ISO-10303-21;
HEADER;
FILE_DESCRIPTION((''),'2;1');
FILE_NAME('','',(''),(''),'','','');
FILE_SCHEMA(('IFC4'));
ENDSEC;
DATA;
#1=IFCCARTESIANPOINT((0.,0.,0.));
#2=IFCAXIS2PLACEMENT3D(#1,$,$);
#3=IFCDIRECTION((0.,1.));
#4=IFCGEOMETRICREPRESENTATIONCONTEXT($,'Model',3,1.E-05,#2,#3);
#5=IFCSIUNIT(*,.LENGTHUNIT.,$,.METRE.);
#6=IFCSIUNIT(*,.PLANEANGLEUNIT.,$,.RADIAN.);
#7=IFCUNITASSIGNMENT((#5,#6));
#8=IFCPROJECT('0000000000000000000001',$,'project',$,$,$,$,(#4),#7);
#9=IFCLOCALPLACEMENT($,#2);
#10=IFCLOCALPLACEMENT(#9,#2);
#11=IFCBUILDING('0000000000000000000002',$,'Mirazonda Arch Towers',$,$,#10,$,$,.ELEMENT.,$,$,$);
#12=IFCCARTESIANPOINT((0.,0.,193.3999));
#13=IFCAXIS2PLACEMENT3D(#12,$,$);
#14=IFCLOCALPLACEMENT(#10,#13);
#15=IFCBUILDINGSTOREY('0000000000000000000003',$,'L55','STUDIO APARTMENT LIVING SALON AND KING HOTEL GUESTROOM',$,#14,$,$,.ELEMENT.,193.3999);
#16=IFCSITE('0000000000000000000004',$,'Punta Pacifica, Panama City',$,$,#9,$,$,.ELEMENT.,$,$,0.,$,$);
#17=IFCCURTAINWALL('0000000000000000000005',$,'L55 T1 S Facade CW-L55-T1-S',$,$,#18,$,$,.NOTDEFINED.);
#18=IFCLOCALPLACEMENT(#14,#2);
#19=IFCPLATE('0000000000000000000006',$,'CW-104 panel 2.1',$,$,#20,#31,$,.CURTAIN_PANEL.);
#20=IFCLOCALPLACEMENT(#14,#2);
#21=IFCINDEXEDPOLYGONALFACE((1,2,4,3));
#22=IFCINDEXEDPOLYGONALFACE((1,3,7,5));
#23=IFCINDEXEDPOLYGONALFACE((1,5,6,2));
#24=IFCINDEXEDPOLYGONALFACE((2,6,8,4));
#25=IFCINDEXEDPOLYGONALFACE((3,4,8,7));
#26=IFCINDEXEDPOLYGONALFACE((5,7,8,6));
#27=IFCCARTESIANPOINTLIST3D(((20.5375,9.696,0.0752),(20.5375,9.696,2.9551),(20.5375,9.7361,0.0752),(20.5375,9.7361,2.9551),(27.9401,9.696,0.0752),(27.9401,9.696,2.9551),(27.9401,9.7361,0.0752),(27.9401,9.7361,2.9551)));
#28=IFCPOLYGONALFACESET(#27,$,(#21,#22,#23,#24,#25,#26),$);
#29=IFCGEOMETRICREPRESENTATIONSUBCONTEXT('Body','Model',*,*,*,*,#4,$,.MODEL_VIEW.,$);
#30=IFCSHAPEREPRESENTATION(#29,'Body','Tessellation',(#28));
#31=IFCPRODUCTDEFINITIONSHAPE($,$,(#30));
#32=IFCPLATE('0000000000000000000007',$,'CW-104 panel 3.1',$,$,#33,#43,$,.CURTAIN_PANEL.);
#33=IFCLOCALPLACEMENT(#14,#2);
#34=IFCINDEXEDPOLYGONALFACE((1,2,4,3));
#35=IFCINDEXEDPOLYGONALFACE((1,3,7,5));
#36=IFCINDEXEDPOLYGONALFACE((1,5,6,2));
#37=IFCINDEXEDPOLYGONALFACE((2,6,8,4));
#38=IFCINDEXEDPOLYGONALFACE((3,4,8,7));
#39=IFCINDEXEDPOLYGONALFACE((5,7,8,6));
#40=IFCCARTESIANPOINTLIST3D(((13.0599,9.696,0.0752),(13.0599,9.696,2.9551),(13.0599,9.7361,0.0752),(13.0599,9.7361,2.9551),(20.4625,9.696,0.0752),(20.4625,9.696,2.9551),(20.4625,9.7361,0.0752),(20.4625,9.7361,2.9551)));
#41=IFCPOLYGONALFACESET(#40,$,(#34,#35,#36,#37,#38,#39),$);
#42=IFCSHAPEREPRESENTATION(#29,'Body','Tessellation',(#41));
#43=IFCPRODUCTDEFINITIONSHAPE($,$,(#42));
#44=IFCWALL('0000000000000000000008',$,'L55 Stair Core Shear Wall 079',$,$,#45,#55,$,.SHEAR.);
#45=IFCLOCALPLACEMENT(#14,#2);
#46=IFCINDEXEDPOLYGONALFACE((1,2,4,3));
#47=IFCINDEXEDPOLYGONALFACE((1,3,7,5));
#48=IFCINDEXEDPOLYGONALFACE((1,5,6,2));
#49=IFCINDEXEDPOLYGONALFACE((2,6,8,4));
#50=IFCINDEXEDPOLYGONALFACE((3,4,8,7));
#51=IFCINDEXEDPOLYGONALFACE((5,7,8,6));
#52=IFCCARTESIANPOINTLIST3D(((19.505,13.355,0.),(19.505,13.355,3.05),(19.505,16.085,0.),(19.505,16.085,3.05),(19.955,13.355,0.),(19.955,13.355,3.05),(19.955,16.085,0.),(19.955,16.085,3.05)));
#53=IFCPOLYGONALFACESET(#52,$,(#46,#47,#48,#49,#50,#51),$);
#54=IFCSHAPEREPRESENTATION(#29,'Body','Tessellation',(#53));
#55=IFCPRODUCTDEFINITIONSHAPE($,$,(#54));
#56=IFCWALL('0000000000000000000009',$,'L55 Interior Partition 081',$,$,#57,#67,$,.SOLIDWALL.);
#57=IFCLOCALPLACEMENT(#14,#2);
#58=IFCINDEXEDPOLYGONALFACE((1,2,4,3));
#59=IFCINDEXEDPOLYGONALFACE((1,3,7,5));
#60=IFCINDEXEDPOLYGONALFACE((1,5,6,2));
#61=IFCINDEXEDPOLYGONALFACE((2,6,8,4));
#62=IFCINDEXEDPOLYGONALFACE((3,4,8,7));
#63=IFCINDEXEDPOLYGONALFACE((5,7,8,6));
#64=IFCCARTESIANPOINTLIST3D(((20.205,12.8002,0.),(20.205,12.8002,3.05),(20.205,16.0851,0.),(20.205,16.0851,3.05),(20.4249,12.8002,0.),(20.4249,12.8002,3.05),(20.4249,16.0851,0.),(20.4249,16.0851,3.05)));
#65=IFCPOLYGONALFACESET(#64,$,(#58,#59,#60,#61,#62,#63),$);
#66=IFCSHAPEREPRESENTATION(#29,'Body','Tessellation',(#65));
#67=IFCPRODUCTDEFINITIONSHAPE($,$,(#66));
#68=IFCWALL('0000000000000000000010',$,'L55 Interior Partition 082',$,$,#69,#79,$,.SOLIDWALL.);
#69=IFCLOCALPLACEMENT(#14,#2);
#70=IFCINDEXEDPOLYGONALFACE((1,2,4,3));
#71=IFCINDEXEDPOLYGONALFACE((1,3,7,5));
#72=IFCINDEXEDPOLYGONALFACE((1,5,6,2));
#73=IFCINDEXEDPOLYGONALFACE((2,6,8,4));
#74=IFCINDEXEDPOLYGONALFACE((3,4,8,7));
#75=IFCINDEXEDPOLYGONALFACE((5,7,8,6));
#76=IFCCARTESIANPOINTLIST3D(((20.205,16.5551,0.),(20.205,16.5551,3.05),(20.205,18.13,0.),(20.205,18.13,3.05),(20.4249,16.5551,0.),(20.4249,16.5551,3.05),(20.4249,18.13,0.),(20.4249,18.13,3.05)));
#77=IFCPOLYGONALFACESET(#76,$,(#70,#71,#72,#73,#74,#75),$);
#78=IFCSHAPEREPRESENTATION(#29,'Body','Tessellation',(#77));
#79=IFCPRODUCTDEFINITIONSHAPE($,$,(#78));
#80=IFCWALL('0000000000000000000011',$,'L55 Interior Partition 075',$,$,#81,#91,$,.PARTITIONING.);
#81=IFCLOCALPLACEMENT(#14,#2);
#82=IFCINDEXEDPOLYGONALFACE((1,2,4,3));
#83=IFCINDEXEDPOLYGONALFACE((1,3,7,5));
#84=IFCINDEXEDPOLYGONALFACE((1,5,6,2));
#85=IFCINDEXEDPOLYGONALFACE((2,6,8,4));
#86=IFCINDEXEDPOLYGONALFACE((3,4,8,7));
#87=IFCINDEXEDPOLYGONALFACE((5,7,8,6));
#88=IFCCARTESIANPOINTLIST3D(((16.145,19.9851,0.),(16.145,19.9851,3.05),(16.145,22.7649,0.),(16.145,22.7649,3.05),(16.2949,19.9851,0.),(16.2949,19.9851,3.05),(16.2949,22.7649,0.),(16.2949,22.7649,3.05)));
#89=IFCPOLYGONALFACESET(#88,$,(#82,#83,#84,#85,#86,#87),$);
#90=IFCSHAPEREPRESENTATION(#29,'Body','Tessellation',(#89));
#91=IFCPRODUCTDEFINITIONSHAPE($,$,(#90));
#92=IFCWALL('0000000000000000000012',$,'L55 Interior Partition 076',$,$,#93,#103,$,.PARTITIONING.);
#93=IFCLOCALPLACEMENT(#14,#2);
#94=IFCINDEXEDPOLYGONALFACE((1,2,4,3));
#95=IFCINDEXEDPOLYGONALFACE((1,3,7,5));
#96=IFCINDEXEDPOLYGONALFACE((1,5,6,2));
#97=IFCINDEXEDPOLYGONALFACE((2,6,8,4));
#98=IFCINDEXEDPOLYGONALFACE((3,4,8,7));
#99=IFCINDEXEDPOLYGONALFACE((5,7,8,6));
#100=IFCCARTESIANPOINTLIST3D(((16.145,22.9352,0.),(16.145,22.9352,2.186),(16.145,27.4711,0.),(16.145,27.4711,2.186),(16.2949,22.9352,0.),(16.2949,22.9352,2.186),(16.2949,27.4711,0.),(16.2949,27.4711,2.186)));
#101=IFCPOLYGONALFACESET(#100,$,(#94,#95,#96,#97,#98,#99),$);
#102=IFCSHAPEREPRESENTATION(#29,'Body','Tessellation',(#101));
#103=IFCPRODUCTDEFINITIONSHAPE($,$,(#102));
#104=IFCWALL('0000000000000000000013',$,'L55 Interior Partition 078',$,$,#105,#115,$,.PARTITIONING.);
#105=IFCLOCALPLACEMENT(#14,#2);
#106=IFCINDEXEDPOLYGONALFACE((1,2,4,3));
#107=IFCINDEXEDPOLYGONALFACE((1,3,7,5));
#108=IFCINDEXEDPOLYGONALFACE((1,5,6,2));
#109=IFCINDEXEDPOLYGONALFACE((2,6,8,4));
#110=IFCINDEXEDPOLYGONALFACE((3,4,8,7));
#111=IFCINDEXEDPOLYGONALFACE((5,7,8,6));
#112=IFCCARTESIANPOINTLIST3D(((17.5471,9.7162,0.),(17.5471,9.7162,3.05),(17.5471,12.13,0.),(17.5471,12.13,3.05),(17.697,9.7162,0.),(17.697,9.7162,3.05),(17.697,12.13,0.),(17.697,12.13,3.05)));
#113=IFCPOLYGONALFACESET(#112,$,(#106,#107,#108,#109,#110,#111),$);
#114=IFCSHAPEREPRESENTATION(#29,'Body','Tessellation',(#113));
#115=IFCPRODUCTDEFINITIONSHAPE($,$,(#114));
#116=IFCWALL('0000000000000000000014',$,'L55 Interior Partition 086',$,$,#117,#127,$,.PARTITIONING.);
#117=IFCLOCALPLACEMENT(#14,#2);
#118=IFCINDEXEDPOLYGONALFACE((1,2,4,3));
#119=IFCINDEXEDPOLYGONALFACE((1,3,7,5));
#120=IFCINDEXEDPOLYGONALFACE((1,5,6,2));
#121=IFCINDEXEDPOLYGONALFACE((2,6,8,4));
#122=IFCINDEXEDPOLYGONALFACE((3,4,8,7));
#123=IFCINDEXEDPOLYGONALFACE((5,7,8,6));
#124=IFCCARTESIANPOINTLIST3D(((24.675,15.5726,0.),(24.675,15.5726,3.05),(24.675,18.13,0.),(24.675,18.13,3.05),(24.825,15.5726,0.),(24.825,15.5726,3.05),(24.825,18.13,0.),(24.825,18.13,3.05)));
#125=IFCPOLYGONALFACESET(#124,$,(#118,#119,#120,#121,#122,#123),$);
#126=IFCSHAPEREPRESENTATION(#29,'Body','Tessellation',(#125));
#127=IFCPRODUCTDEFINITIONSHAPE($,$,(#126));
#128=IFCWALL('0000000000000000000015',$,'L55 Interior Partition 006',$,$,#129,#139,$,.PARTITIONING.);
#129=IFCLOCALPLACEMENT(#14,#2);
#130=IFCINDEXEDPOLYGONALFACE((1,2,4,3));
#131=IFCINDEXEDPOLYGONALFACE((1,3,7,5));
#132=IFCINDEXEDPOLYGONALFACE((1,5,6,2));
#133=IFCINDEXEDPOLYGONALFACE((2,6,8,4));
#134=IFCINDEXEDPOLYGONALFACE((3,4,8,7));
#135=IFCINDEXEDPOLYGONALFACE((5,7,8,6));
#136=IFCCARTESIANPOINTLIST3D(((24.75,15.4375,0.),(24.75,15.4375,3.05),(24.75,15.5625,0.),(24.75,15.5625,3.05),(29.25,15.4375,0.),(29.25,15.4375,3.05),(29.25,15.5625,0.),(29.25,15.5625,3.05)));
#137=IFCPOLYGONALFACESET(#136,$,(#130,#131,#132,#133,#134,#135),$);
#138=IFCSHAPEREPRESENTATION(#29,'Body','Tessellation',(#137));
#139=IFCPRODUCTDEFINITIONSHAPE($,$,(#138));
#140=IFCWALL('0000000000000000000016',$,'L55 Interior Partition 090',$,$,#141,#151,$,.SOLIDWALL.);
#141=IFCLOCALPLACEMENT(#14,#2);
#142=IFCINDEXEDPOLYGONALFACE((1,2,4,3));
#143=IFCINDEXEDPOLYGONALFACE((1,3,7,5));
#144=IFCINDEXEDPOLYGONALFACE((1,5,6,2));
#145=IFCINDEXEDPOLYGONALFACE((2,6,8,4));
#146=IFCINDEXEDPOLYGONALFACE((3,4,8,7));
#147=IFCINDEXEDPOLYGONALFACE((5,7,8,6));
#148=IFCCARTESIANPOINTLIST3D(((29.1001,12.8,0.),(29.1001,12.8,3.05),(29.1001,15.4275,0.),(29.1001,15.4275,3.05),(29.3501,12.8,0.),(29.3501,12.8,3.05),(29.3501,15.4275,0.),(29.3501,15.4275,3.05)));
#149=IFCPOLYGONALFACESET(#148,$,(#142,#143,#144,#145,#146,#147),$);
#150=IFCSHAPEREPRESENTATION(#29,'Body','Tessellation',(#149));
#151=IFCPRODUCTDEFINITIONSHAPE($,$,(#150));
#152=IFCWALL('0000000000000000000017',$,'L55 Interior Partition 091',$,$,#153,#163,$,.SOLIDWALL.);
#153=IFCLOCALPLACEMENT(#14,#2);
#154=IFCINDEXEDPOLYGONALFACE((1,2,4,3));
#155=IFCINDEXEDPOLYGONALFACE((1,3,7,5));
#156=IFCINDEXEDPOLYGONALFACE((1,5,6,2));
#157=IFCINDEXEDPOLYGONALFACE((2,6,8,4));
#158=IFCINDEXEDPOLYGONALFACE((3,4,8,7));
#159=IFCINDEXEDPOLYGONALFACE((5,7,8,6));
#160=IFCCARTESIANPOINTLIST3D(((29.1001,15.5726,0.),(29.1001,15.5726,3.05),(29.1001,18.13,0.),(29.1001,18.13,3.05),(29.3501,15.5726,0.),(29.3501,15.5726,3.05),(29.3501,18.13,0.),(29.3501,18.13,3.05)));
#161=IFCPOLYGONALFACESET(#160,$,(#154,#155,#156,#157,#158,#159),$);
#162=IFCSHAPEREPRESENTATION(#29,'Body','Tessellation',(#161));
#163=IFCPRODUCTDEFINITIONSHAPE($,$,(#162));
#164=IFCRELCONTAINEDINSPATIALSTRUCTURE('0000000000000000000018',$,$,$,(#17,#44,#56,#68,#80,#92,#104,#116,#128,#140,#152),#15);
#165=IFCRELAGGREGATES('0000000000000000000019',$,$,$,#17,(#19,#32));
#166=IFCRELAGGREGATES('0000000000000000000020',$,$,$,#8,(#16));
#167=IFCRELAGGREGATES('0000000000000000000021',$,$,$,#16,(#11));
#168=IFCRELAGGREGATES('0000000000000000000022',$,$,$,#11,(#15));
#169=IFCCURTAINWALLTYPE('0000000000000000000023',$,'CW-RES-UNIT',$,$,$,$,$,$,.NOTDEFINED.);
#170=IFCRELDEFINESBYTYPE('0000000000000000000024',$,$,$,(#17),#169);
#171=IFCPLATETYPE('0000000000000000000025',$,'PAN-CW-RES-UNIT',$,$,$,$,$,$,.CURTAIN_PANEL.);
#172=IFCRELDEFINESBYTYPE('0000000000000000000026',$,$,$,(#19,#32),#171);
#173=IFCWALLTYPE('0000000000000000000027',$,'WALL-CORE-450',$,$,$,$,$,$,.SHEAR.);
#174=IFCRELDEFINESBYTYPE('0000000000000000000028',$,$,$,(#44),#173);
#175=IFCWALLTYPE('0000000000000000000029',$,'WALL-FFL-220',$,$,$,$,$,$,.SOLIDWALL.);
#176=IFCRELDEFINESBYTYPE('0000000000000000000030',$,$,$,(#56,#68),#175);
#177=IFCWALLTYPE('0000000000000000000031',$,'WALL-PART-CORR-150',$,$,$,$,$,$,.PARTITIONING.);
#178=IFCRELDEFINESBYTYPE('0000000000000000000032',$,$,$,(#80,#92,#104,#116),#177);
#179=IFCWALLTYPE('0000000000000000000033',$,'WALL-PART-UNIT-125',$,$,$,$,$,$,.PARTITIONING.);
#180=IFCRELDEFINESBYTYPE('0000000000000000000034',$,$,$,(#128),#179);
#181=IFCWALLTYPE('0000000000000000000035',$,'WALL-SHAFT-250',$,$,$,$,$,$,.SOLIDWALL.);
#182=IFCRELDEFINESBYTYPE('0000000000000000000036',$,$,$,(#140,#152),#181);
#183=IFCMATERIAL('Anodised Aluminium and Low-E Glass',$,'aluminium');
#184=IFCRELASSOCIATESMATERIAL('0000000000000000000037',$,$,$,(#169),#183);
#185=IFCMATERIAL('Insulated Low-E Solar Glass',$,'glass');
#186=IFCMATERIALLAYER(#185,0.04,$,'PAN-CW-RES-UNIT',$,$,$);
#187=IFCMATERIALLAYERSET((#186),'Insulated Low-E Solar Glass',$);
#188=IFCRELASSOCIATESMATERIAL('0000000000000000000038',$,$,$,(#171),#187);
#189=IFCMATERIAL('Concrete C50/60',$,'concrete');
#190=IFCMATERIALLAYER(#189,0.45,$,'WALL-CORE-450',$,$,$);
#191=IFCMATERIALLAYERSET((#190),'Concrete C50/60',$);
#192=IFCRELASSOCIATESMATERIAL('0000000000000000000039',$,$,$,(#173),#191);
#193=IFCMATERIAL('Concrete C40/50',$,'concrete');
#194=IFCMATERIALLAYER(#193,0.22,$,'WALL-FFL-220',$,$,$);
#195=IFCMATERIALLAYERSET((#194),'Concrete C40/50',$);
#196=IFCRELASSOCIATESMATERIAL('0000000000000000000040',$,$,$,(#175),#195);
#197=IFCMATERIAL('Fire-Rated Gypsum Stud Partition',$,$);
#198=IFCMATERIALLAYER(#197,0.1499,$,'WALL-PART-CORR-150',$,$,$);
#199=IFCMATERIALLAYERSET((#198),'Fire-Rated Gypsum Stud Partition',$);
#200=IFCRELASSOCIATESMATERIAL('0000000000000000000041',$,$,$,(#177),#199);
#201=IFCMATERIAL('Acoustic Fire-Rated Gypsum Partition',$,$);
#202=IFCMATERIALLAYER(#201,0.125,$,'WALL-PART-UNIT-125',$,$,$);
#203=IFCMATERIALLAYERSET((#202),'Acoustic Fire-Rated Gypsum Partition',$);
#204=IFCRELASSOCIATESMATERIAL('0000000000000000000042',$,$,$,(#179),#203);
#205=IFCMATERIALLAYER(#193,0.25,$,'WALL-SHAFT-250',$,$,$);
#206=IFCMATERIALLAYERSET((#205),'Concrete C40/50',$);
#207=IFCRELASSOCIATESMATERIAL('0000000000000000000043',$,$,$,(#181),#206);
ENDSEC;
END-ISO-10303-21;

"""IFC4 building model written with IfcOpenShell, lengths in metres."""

from ifc_helpers import new_model, si_unit, direction, frame, frame_2d, origin, origin_2d, place, context, subcontext, project, spatial, rectangle, extrude, material, layer, layer_set, type_object, element, aggregate, save


model = new_model("IFC4")

# Units and contexts
model_context = context("Model", 3, precision=1e-05, world=origin(), true_north=direction((0.0, 1.0)))
body_context = subcontext(model_context, "Body", "Model", "MODEL_VIEW")
ifc_project = project(units=[si_unit("LENGTHUNIT", "METRE"), si_unit("PLANEANGLEUNIT", "RADIAN")], contexts=[model_context])

# Site, building, storey
site_placement = place(None, origin())
site = spatial("IfcSite", under=ifc_project, at=site_placement, Name="Punta Pacifica, Panama City", CompositionType="ELEMENT", RefElevation=0.0)
building_placement = place(site_placement, origin())
building = spatial("IfcBuilding", under=site, at=building_placement, Name="Mirazonda Arch Towers", CompositionType="ELEMENT")
storey_placement = place(building_placement, frame((0.0, 0.0, 193.3999)))
storey = spatial("IfcBuildingStorey", under=building, at=storey_placement, Name="L55", Description="STUDIO APARTMENT LIVING SALON AND KING HOTEL GUESTROOM", CompositionType="ELEMENT", Elevation=193.3999)

# Shared definitions
ifc_material_1 = material(Name="Concrete C50/60", Category="concrete")

# Curtain wall, plates
ifc_material_2 = material(Name="Anodised Aluminium and Low-E Glass", Category="aluminium")
curtain_wall_type = type_object("IfcCurtainWallType", Name="CW-RES-UNIT", PredefinedType="NOTDEFINED", material=ifc_material_2)
curtain_wall_placement = place(storey_placement, origin())
curtain_wall = element("IfcCurtainWall", 1, at=curtain_wall_placement, inside=storey, type_object=curtain_wall_type, Name="L55 T1 S Facade CW-L55-T1-S", PredefinedType="NOTDEFINED")
ifc_material_3 = material(Name="Insulated Low-E Solar Glass", Category="glass")
ifc_layer_1 = layer(ifc_material_3, 0.04, Name="PAN-CW-RES-UNIT")
ifc_layer_set_1 = layer_set([ifc_layer_1], Name="Insulated Low-E Solar Glass")
plate_type = type_object("IfcPlateType", Name="PAN-CW-RES-UNIT", PredefinedType="CURTAIN_PANEL", material=ifc_layer_set_1)
plate_1_placement = place(storey_placement, frame((24.2388, 9.7161, 0.0752), z_axis=(0.0, 0.0, 1.0), x_axis=(-1.0, 0.0, 0.0)))
plate_1 = element("IfcPlate", 2, at=plate_1_placement, type_object=plate_type, Name="CW-104 panel 2.1", PredefinedType="CURTAIN_PANEL", context=body_context, shape_type="SweptSolid", body=[
    extrude(rectangle(XDim=7.4026, YDim=0.04, at=origin_2d()), origin(), (0.0, 0.0, 1.0), 2.8799),
])
plate_2_placement = place(storey_placement, frame((16.7612, 9.7161, 0.0752), z_axis=(0.0, 0.0, 1.0), x_axis=(-1.0, 0.0, 0.0)))
plate_2 = element("IfcPlate", 3, at=plate_2_placement, type_object=plate_type, Name="CW-104 panel 3.1", PredefinedType="CURTAIN_PANEL", context=body_context, shape_type="SweptSolid", body=[
    extrude(rectangle(XDim=7.4026, YDim=0.04, at=origin_2d()), origin(), (0.0, 0.0, 1.0), 2.8799),
])
aggregate(curtain_wall, [plate_1, plate_2])

# Walls
ifc_layer_2 = layer(ifc_material_1, 0.45, Name="WALL-CORE-450")
ifc_layer_set_2 = layer_set([ifc_layer_2], Name="Concrete C50/60")
wall_type_1 = type_object("IfcWallType", Name="WALL-CORE-450", PredefinedType="SHEAR", material=ifc_layer_set_2)
wall_1_placement = place(storey_placement, frame((19.73, 13.355, 0.0), z_axis=(0.0, 0.0, 1.0), x_axis=(0.0, 1.0, 0.0)))
element("IfcWall", 4, at=wall_1_placement, inside=storey, type_object=wall_type_1, Name="L55 Stair Core Shear Wall 079", PredefinedType="SHEAR", context=body_context, shape_type="SweptSolid", body=[
    extrude(rectangle(XDim=2.73, YDim=0.45, at=frame_2d((1.365, 0.0))), origin(), (0.0, 0.0, 1.0), 3.05),
])
ifc_material_4 = material(Name="Concrete C40/50", Category="concrete")
ifc_layer_3 = layer(ifc_material_4, 0.22, Name="WALL-FFL-220")
ifc_layer_set_3 = layer_set([ifc_layer_3], Name="Concrete C40/50")
wall_type_2 = type_object("IfcWallType", Name="WALL-FFL-220", PredefinedType="SOLIDWALL", material=ifc_layer_set_3)
wall_2_placement = place(storey_placement, frame((20.3149, 12.8, 0.0), z_axis=(0.0, 0.0, 1.0), x_axis=(0.0, 1.0, 0.0)))
element("IfcWall", 5, at=wall_2_placement, inside=storey, type_object=wall_type_2, Name="L55 Interior Partition 081", PredefinedType="SOLIDWALL", context=body_context, shape_type="SweptSolid", body=[
    extrude(rectangle(XDim=3.2849, YDim=0.22, at=frame_2d((1.6426, 0.0))), origin(), (0.0, 0.0, 1.0), 3.05),
])
wall_3_placement = place(storey_placement, frame((20.3149, 16.5549, 0.0), z_axis=(0.0, 0.0, 1.0), x_axis=(0.0, 1.0, 0.0)))
element("IfcWall", 6, at=wall_3_placement, inside=storey, type_object=wall_type_2, Name="L55 Interior Partition 082", PredefinedType="SOLIDWALL", context=body_context, shape_type="SweptSolid", body=[
    extrude(rectangle(XDim=1.575, YDim=0.22, at=frame_2d((0.7876, 0.0))), origin(), (0.0, 0.0, 1.0), 3.05),
])
ifc_material_5 = material(Name="Fire-Rated Gypsum Stud Partition")
ifc_layer_4 = layer(ifc_material_5, 0.1499, Name="WALL-PART-CORR-150")
ifc_layer_set_4 = layer_set([ifc_layer_4], Name="Fire-Rated Gypsum Stud Partition")
wall_type_3 = type_object("IfcWallType", Name="WALL-PART-CORR-150", PredefinedType="PARTITIONING", material=ifc_layer_set_4)
wall_4_placement = place(storey_placement, frame((16.22, 19.9851, 0.0), z_axis=(0.0, 0.0, 1.0), x_axis=(0.0, 1.0, 0.0)))
element("IfcWall", 7, at=wall_4_placement, inside=storey, type_object=wall_type_3, Name="L55 Interior Partition 075", PredefinedType="PARTITIONING", context=body_context, shape_type="SweptSolid", body=[
    extrude(rectangle(XDim=2.7798, YDim=0.1499, at=frame_2d((1.3899, 0.0))), origin(), (0.0, 0.0, 1.0), 3.05),
])
wall_5_placement = place(storey_placement, frame((16.22, 22.9351, 0.0), z_axis=(0.0, 0.0, 1.0), x_axis=(0.0, 1.0, 0.0)))
element("IfcWall", 8, at=wall_5_placement, inside=storey, type_object=wall_type_3, Name="L55 Interior Partition 076", PredefinedType="PARTITIONING", context=body_context, shape_type="SweptSolid", body=[
    extrude(rectangle(XDim=4.5359, YDim=0.1499, at=frame_2d((2.2681, 0.0))), origin(), (0.0, 0.0, 1.0), 2.186),
])
wall_6_placement = place(storey_placement, frame((17.6221, 9.7161, 0.0), z_axis=(0.0, 0.0, 1.0), x_axis=(0.0, 1.0, 0.0)))
element("IfcWall", 9, at=wall_6_placement, inside=storey, type_object=wall_type_3, Name="L55 Interior Partition 078", PredefinedType="PARTITIONING", context=body_context, shape_type="SweptSolid", body=[
    extrude(rectangle(XDim=2.4138, YDim=0.1499, at=frame_2d((1.207, 0.0))), origin(), (0.0, 0.0, 1.0), 3.05),
])

# Walls
wall_7_placement = place(storey_placement, frame((24.75, 15.5725, 0.0), z_axis=(0.0, 0.0, 1.0), x_axis=(0.0, 1.0, 0.0)))
element("IfcWall", 10, at=wall_7_placement, inside=storey, type_object=wall_type_3, Name="L55 Interior Partition 086", PredefinedType="PARTITIONING", context=body_context, shape_type="SweptSolid", body=[
    extrude(rectangle(XDim=2.5574, YDim=0.1499, at=frame_2d((1.2788, 0.0))), origin(), (0.0, 0.0, 1.0), 3.05),
])
ifc_material_6 = material(Name="Acoustic Fire-Rated Gypsum Partition")
ifc_layer_5 = layer(ifc_material_6, 0.125, Name="WALL-PART-UNIT-125")
ifc_layer_set_5 = layer_set([ifc_layer_5], Name="Acoustic Fire-Rated Gypsum Partition")
wall_type_4 = type_object("IfcWallType", Name="WALL-PART-UNIT-125", PredefinedType="PARTITIONING", material=ifc_layer_set_5)
wall_8_placement = place(storey_placement, frame((24.75, 15.5, 0.0), z_axis=(0.0, 0.0, 1.0), x_axis=(1.0, 0.0, 0.0)))
element("IfcWall", 11, at=wall_8_placement, inside=storey, type_object=wall_type_4, Name="L55 Interior Partition 006", PredefinedType="PARTITIONING", context=body_context, shape_type="SweptSolid", body=[
    extrude(rectangle(XDim=4.5, YDim=0.125, at=frame_2d((2.25, 0.0))), origin(), (0.0, 0.0, 1.0), 3.05),
])
ifc_layer_6 = layer(ifc_material_4, 0.25, Name="WALL-SHAFT-250")
ifc_layer_set_6 = layer_set([ifc_layer_6], Name="Concrete C40/50")
wall_type_5 = type_object("IfcWallType", Name="WALL-SHAFT-250", PredefinedType="SOLIDWALL", material=ifc_layer_set_6)
wall_9_placement = place(storey_placement, frame((29.2251, 12.8, 0.0), z_axis=(0.0, 0.0, 1.0), x_axis=(0.0, 1.0, 0.0)))
element("IfcWall", 12, at=wall_9_placement, inside=storey, type_object=wall_type_5, Name="L55 Interior Partition 090", PredefinedType="SOLIDWALL", context=body_context, shape_type="SweptSolid", body=[
    extrude(rectangle(XDim=2.6274, YDim=0.25, at=frame_2d((1.3137, 0.0))), origin(), (0.0, 0.0, 1.0), 3.05),
])
wall_10_placement = place(storey_placement, frame((29.2251, 15.5725, 0.0), z_axis=(0.0, 0.0, 1.0), x_axis=(0.0, 1.0, 0.0)))
element("IfcWall", 13, at=wall_10_placement, inside=storey, type_object=wall_type_5, Name="L55 Interior Partition 091", PredefinedType="SOLIDWALL", context=body_context, shape_type="SweptSolid", body=[
    extrude(rectangle(XDim=2.5574, YDim=0.25, at=frame_2d((1.2788, 0.0))), origin(), (0.0, 0.0, 1.0), 3.05),
])

save(model, "model.ifc")
